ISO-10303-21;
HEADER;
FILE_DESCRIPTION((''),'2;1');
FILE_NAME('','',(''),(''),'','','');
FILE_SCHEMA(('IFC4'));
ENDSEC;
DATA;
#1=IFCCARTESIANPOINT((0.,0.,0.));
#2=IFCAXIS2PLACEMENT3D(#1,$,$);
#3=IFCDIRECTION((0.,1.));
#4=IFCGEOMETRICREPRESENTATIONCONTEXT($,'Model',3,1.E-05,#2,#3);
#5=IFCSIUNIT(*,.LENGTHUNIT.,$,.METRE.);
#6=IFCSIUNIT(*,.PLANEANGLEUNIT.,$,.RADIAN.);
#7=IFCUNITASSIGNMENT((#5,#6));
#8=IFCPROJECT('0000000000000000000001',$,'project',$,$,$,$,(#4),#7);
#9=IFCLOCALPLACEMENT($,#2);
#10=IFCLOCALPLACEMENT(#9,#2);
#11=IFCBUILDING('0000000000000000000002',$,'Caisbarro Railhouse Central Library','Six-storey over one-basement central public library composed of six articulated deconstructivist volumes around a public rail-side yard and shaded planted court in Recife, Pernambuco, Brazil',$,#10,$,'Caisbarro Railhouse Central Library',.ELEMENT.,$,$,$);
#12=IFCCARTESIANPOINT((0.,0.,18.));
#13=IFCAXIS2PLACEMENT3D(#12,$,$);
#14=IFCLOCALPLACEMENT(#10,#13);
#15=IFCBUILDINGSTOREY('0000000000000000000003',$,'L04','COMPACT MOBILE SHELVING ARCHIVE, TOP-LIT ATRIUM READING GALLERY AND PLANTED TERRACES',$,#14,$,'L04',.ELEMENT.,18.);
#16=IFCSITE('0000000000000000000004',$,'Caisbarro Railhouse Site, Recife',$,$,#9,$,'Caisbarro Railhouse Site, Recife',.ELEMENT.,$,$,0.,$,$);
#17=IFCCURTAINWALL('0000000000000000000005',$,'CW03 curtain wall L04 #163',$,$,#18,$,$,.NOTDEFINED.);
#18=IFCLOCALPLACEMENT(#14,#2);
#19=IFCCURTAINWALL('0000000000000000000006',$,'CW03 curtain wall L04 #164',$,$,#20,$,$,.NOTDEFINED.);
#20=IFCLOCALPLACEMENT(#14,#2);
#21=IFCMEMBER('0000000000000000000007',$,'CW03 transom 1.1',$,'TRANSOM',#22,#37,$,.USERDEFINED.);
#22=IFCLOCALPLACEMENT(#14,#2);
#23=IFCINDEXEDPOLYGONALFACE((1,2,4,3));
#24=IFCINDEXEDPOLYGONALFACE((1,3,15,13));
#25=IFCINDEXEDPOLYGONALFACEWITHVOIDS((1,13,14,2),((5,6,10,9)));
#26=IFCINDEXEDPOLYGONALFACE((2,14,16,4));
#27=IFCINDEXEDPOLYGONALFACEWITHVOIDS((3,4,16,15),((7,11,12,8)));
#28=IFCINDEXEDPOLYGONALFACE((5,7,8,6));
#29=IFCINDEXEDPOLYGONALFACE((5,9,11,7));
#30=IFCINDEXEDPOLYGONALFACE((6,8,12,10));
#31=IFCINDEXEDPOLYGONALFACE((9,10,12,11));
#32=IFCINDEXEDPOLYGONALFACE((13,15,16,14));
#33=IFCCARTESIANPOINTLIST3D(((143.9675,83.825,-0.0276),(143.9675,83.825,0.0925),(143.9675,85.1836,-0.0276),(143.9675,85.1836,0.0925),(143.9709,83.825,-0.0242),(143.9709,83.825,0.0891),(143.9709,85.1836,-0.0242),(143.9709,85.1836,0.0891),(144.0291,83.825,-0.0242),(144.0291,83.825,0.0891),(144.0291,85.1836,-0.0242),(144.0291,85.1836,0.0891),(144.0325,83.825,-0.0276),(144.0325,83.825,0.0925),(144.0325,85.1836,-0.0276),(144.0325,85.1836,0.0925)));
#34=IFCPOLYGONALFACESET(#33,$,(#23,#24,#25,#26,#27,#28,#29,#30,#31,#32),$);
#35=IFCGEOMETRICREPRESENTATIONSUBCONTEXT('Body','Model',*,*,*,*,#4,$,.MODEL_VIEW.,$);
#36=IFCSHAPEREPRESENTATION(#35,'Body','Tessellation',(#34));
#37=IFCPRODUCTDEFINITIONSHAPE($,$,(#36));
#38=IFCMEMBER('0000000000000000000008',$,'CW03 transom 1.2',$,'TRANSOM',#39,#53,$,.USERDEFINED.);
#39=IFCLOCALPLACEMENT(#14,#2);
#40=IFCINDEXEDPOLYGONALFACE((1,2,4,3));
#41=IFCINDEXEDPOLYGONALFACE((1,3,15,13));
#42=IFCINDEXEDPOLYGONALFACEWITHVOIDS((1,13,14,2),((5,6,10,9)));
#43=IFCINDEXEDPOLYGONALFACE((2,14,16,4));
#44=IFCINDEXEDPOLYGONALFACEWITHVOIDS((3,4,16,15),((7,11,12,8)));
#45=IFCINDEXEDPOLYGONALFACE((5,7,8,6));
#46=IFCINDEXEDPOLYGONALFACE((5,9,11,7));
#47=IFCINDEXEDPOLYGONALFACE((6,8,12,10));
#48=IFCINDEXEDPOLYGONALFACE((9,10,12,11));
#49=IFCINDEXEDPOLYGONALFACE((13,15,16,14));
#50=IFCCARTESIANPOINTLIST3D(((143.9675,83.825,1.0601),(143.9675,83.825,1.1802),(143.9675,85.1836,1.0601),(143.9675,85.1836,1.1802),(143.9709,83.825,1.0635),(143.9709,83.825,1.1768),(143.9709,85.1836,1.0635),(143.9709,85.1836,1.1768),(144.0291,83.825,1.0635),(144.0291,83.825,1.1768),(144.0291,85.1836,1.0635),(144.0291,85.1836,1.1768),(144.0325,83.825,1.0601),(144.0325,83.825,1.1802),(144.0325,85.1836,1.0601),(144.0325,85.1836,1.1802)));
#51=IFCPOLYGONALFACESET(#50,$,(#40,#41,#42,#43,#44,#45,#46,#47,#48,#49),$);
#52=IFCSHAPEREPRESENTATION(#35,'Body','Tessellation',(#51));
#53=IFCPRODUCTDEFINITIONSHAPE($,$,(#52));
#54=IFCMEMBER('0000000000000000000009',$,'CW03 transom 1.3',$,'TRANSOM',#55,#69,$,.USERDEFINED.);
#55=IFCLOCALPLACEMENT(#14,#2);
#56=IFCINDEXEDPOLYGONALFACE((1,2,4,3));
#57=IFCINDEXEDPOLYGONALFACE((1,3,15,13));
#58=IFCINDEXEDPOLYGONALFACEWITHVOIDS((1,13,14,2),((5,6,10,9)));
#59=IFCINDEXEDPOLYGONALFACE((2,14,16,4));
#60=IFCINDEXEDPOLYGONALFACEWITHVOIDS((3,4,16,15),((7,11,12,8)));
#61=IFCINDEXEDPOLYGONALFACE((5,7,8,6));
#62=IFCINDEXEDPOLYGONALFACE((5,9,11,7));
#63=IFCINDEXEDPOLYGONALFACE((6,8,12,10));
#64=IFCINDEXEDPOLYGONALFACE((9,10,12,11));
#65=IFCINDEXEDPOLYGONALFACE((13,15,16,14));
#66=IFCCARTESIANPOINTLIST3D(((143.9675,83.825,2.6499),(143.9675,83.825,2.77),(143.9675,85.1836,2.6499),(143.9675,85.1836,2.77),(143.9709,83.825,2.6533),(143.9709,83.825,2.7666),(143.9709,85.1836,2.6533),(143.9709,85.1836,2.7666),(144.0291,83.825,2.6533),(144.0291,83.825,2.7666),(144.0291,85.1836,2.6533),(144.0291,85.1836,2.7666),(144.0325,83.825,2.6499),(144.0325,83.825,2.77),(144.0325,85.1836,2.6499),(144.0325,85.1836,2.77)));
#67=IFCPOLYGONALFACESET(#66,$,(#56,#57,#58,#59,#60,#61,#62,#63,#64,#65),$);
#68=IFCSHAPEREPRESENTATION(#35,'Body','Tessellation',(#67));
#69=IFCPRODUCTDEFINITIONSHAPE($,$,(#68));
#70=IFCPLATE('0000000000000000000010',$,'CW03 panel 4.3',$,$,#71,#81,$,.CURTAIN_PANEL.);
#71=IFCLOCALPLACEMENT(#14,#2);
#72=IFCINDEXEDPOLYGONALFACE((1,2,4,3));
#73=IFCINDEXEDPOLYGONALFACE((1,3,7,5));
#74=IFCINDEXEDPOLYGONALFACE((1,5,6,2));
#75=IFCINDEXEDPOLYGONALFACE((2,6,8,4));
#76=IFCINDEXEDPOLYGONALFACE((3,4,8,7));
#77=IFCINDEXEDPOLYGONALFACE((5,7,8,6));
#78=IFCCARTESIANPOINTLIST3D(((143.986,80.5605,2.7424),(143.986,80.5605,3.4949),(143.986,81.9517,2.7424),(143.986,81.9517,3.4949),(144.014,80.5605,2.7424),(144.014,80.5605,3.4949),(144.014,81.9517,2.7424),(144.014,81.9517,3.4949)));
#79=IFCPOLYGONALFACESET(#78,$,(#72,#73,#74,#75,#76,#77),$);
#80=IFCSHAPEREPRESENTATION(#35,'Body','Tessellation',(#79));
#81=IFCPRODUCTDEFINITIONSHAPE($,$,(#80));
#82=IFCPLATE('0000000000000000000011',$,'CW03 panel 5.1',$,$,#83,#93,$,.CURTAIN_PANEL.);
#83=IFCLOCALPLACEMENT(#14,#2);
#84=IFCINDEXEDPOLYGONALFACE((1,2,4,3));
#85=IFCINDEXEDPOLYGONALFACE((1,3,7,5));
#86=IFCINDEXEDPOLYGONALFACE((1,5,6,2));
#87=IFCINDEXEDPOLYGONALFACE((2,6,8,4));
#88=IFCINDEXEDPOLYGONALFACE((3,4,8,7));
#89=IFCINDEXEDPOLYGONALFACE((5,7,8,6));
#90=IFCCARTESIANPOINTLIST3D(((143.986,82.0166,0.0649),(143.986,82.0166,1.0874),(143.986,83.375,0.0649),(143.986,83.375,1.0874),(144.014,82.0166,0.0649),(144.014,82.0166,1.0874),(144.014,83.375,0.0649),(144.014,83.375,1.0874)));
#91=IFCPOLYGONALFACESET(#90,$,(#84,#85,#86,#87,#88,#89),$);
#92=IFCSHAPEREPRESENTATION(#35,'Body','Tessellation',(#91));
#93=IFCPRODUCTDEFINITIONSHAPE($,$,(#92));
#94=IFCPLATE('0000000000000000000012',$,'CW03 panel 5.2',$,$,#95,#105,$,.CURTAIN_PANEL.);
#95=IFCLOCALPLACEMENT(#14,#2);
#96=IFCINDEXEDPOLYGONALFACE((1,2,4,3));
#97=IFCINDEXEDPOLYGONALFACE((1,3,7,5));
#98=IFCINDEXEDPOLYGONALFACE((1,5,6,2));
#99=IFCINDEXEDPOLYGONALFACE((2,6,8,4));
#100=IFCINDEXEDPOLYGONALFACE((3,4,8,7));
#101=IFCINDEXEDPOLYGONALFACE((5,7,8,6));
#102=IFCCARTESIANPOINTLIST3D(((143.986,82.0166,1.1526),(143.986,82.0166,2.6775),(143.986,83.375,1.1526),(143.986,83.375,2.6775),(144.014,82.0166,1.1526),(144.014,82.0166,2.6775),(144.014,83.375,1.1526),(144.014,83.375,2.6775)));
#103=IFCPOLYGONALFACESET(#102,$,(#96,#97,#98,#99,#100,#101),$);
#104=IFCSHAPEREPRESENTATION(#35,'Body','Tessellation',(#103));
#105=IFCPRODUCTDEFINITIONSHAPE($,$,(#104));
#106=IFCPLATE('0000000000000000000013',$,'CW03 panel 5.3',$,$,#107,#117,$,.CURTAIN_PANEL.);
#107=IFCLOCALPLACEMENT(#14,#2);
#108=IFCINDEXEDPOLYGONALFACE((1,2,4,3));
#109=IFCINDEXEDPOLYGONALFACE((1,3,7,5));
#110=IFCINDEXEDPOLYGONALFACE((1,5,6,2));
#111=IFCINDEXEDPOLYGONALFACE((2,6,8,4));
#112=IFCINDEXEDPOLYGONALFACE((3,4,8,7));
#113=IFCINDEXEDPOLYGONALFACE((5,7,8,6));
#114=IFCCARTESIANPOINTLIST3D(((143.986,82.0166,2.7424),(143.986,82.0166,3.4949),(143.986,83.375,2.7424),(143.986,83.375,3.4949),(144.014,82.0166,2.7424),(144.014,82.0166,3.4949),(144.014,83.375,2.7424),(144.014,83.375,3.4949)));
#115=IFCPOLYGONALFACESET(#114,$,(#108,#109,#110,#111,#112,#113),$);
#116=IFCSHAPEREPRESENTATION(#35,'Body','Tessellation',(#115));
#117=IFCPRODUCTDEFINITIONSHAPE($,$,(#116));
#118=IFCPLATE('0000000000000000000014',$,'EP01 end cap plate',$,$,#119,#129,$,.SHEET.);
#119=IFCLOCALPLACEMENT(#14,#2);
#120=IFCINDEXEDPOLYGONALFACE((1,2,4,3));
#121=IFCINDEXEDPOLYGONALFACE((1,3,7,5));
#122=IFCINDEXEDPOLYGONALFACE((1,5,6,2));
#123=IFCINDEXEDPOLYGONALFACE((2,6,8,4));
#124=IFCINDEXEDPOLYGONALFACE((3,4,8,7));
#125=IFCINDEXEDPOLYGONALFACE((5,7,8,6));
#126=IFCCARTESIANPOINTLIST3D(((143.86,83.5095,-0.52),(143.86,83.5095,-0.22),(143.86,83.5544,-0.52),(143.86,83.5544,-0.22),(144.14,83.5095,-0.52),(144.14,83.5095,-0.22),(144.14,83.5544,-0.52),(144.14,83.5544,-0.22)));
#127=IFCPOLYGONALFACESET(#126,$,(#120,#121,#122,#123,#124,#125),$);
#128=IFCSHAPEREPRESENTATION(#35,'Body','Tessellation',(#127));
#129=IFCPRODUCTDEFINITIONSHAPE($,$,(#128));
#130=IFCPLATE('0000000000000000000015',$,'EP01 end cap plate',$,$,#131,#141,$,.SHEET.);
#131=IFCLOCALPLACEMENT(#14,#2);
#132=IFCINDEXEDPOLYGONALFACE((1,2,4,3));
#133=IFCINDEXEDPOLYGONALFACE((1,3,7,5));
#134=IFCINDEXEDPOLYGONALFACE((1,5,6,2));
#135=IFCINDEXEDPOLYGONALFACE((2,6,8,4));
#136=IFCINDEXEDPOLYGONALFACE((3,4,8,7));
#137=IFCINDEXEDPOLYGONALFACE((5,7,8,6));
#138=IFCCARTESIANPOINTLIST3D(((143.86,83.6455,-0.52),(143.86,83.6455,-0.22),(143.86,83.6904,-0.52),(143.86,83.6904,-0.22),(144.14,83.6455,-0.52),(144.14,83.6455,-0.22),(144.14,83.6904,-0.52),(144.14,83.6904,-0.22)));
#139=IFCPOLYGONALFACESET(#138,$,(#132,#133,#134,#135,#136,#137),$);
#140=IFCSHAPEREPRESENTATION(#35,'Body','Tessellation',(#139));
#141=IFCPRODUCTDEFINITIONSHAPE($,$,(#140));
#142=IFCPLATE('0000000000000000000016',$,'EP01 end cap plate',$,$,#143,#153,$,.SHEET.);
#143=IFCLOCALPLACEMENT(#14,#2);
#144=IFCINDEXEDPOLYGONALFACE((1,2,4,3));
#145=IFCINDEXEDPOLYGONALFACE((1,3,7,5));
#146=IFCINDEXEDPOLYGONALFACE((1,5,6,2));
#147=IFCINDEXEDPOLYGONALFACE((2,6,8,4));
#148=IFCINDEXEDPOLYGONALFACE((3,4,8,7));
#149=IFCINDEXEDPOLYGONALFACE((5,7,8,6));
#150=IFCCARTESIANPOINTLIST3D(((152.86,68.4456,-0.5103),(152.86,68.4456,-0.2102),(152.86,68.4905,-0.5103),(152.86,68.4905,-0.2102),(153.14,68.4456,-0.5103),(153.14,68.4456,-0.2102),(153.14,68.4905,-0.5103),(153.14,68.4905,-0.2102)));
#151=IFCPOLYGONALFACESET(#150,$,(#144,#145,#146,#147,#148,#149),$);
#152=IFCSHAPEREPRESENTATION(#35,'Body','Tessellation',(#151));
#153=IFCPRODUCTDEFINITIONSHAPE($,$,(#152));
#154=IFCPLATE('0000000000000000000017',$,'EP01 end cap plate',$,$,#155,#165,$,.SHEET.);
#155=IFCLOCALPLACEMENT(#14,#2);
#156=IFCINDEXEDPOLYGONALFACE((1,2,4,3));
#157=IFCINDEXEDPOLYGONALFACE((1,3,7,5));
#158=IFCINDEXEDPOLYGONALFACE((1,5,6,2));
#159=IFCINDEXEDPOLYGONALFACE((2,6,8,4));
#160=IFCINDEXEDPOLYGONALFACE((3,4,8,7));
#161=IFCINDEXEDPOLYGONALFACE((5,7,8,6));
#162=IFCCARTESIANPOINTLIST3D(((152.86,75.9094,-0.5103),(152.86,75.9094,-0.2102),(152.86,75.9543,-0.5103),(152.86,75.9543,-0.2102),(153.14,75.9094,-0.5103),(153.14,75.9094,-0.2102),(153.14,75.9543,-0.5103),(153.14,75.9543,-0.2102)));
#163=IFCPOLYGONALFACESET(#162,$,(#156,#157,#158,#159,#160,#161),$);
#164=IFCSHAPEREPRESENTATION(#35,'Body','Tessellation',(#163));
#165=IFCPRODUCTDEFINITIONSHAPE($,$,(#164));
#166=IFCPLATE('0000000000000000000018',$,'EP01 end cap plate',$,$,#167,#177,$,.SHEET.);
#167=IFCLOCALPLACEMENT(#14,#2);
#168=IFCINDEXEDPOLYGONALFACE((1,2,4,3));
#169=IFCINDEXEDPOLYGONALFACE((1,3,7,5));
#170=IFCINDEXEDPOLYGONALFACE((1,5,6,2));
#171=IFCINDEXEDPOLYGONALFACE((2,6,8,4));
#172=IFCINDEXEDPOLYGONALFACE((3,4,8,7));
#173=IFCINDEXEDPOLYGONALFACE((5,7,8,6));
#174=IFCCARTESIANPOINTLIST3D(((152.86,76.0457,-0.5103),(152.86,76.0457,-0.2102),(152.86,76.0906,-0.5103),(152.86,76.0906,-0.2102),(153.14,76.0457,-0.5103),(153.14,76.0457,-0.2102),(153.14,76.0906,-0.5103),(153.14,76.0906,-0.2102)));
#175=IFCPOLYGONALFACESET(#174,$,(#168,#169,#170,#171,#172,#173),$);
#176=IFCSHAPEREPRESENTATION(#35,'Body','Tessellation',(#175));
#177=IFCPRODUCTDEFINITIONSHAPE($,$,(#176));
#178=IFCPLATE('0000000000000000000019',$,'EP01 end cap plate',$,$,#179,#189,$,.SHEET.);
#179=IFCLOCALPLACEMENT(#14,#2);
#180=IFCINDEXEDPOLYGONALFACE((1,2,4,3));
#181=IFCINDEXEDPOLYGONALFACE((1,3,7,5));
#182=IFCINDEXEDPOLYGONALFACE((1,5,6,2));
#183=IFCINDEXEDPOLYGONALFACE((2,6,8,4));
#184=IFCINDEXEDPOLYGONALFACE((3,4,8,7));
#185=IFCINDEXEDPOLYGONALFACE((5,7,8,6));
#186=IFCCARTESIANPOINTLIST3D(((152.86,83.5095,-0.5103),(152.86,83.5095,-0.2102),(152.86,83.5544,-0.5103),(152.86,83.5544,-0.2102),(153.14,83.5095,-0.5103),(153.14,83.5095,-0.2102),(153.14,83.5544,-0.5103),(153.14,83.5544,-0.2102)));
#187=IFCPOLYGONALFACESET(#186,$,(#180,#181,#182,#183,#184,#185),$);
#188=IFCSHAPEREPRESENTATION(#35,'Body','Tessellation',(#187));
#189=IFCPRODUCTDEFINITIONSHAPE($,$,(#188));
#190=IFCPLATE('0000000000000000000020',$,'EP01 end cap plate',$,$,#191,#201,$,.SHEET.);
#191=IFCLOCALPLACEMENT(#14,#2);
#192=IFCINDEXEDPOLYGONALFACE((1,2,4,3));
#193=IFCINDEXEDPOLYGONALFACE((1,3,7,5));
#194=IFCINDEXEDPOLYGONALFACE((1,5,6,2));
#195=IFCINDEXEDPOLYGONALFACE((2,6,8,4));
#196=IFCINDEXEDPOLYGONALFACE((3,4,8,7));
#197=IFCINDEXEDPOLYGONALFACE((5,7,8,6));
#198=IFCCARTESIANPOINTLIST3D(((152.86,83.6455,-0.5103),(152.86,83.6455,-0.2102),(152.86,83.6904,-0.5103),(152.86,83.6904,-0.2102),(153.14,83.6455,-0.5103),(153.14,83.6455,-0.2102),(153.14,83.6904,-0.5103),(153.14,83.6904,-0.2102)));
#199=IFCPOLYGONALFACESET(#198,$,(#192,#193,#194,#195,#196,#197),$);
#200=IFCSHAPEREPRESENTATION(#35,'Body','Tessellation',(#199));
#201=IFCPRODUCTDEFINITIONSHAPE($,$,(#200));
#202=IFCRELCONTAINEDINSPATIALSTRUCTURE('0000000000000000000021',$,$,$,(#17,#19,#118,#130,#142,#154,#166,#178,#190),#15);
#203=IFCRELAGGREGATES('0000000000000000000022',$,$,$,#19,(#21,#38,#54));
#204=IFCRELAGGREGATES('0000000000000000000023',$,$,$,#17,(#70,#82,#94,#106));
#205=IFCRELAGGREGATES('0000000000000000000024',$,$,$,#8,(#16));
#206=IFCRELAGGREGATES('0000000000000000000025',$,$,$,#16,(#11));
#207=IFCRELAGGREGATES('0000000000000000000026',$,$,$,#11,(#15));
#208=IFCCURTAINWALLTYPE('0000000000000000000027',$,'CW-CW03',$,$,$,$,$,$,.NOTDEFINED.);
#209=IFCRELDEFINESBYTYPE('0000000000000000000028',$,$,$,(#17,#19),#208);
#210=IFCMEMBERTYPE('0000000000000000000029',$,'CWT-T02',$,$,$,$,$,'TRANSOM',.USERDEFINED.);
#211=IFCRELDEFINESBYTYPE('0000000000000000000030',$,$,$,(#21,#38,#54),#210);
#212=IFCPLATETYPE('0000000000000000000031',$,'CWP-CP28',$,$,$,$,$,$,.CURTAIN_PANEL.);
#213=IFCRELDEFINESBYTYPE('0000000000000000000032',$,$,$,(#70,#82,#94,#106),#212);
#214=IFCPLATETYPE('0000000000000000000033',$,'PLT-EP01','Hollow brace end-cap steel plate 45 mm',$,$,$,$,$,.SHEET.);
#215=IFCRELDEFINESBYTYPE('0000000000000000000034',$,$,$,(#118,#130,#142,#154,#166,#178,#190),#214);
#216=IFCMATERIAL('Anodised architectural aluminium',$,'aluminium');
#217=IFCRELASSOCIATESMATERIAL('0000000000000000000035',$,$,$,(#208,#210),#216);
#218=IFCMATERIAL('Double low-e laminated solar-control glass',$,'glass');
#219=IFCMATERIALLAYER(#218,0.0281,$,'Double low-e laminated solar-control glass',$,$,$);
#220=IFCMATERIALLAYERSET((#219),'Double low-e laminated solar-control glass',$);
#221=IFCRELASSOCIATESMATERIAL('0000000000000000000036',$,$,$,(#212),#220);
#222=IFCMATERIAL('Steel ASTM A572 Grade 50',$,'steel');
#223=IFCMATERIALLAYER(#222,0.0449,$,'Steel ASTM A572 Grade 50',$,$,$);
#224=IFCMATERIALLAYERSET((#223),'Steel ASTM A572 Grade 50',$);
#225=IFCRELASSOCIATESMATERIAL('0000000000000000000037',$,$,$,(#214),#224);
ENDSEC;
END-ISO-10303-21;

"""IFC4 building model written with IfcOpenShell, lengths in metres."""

from ifc_helpers import new_model, si_unit, direction, frame, origin, origin_2d, place, context, subcontext, project, spatial, rectangle, hollow_rectangle, extrude, material, layer, layer_set, material_profile, profile_set, type_object, element, aggregate, save


model = new_model("IFC4")

# Units and contexts
model_context = context("Model", 3, precision=1e-05, world=origin(), true_north=direction((0.0, 1.0)))
body_context = subcontext(model_context, "Body", "Model", "MODEL_VIEW")
ifc_project = project(units=[si_unit("LENGTHUNIT", "METRE"), si_unit("PLANEANGLEUNIT", "RADIAN")], contexts=[model_context])

# Site, building, storey
site_placement = place(None, origin())
site = spatial("IfcSite", under=ifc_project, at=site_placement, Name="Caisbarro Railhouse Site, Recife", LongName="Caisbarro Railhouse Site, Recife", CompositionType="ELEMENT", RefElevation=0.0)
building_placement = place(site_placement, origin())
building = spatial("IfcBuilding", under=site, at=building_placement, Name="Caisbarro Railhouse Central Library", Description="Six-storey over one-basement central public library composed of six articulated deconstructivist volumes around a public rail-side yard and shaded planted court in Recife, Pernambuco, Brazil", LongName="Caisbarro Railhouse Central Library", CompositionType="ELEMENT")
storey_placement = place(building_placement, frame((0.0, 0.0, 18.0)))
storey = spatial("IfcBuildingStorey", under=building, at=storey_placement, Name="L04", Description="COMPACT MOBILE SHELVING ARCHIVE, TOP-LIT ATRIUM READING GALLERY AND PLANTED TERRACES", LongName="L04", CompositionType="ELEMENT", Elevation=18.0)

# Shared definitions
ifc_material_1 = material(Name="Steel ASTM A572 Grade 50", Category="steel")

# Curtain wall
ifc_material_2 = material(Name="Anodised architectural aluminium", Category="aluminium")
curtain_wall_type = type_object("IfcCurtainWallType", Name="CW-CW03", PredefinedType="NOTDEFINED", material=ifc_material_2)
curtain_wall_1_placement = place(storey_placement, origin())
curtain_wall_1 = element("IfcCurtainWall", 1, at=curtain_wall_1_placement, inside=storey, type_object=curtain_wall_type, Name="CW03 curtain wall L04 #163", PredefinedType="NOTDEFINED")

# Curtain wall
curtain_wall_2_placement = place(storey_placement, origin())
curtain_wall_2 = element("IfcCurtainWall", 2, at=curtain_wall_2_placement, inside=storey, type_object=curtain_wall_type, Name="CW03 curtain wall L04 #164", PredefinedType="NOTDEFINED")

# Members
ifc_material_profile_1 = material_profile(ifc_material_2, hollow_rectangle(XDim=0.0649, YDim=0.1201, WallThickness=0.0034, at=origin_2d()), Name="ALU-TRN-65X120")
ifc_profile_set_1 = profile_set([ifc_material_profile_1], Name="Anodised architectural aluminium")
member_type_1 = type_object("IfcMemberType", Name="CWT-T02", ElementType="TRANSOM", PredefinedType="USERDEFINED", material=ifc_profile_set_1)
member_1_placement = place(storey_placement, frame((144.0, 83.825, 0.0325), z_axis=(0.0, 1.0, 0.0), x_axis=(-1.0, 0.0, 0.0)))
member_1 = element("IfcMember", 3, at=member_1_placement, type_object=member_type_1, Name="CW03 transom 1.1", ObjectType="TRANSOM", PredefinedType="USERDEFINED", context=body_context, shape_type="SweptSolid", body=[
    extrude(hollow_rectangle(XDim=0.0649, YDim=0.1201, WallThickness=0.0034, at=origin_2d()), origin(), (0.0, 0.0, 1.0), 1.3586),
])
member_2_placement = place(storey_placement, frame((144.0, 83.825, 1.1201), z_axis=(0.0, 1.0, 0.0), x_axis=(-1.0, 0.0, 0.0)))
member_2 = element("IfcMember", 4, at=member_2_placement, type_object=member_type_1, Name="CW03 transom 1.2", ObjectType="TRANSOM", PredefinedType="USERDEFINED", context=body_context, shape_type="SweptSolid", body=[
    extrude(hollow_rectangle(XDim=0.0649, YDim=0.1201, WallThickness=0.0034, at=origin_2d()), origin(), (0.0, 0.0, 1.0), 1.3586),
])
member_3_placement = place(storey_placement, frame((144.0, 83.825, 2.71), z_axis=(0.0, 1.0, 0.0), x_axis=(-1.0, 0.0, 0.0)))
member_3 = element("IfcMember", 5, at=member_3_placement, type_object=member_type_1, Name="CW03 transom 1.3", ObjectType="TRANSOM", PredefinedType="USERDEFINED", context=body_context, shape_type="SweptSolid", body=[
    extrude(hollow_rectangle(XDim=0.0649, YDim=0.1201, WallThickness=0.0034, at=origin_2d()), origin(), (0.0, 0.0, 1.0), 1.3586),
])
aggregate(curtain_wall_2, [member_1, member_2, member_3])

# Plates
ifc_material_3 = material(Name="Double low-e laminated solar-control glass", Category="glass")
ifc_layer_1 = layer(ifc_material_3, 0.0281, Name="Double low-e laminated solar-control glass")
ifc_layer_set_1 = layer_set([ifc_layer_1], Name="Double low-e laminated solar-control glass")
plate_type_1 = type_object("IfcPlateType", Name="CWP-CP28", PredefinedType="CURTAIN_PANEL", material=ifc_layer_set_1)
plate_1_placement = place(storey_placement, frame((144.0, 81.2561, 2.7424), z_axis=(0.0, 0.0, 1.0), x_axis=(0.0, 1.0, 0.0)))
plate_1 = element("IfcPlate", 6, at=plate_1_placement, type_object=plate_type_1, Name="CW03 panel 4.3", PredefinedType="CURTAIN_PANEL", context=body_context, shape_type="SweptSolid", body=[
    extrude(rectangle(XDim=1.3911, YDim=0.0281, at=origin_2d()), origin(), (0.0, 0.0, 1.0), 0.7524),
])
plate_2_placement = place(storey_placement, frame((144.0, 82.6958, 0.0649), z_axis=(0.0, 0.0, 1.0), x_axis=(0.0, 1.0, 0.0)))
plate_2 = element("IfcPlate", 7, at=plate_2_placement, type_object=plate_type_1, Name="CW03 panel 5.1", PredefinedType="CURTAIN_PANEL", context=body_context, shape_type="SweptSolid", body=[
    extrude(rectangle(XDim=1.3584, YDim=0.0281, at=origin_2d()), origin(), (0.0, 0.0, 1.0), 1.0225),
])
plate_3_placement = place(storey_placement, frame((144.0, 82.6958, 1.1526), z_axis=(0.0, 0.0, 1.0), x_axis=(0.0, 1.0, 0.0)))
plate_3 = element("IfcPlate", 8, at=plate_3_placement, type_object=plate_type_1, Name="CW03 panel 5.2", PredefinedType="CURTAIN_PANEL", context=body_context, shape_type="SweptSolid", body=[
    extrude(rectangle(XDim=1.3584, YDim=0.0281, at=origin_2d()), origin(), (0.0, 0.0, 1.0), 1.5249),
])
plate_4_placement = place(storey_placement, frame((144.0, 82.6958, 2.7424), z_axis=(0.0, 0.0, 1.0), x_axis=(0.0, 1.0, 0.0)))
plate_4 = element("IfcPlate", 9, at=plate_4_placement, type_object=plate_type_1, Name="CW03 panel 5.3", PredefinedType="CURTAIN_PANEL", context=body_context, shape_type="SweptSolid", body=[
    extrude(rectangle(XDim=1.3584, YDim=0.0281, at=origin_2d()), origin(), (0.0, 0.0, 1.0), 0.7524),
])
aggregate(curtain_wall_1, [plate_1, plate_2, plate_3, plate_4])

# Plates
ifc_layer_2 = layer(ifc_material_1, 0.0449, Name="Steel ASTM A572 Grade 50")
ifc_layer_set_2 = layer_set([ifc_layer_2], Name="Steel ASTM A572 Grade 50")
plate_type_2 = type_object("IfcPlateType", Name="PLT-EP01", Description="Hollow brace end-cap steel plate 45 mm", PredefinedType="SHEET", material=ifc_layer_set_2)
for number, where, z_axis, x_axis, name in (
    (10, (144.0, 83.532, -0.52), (0.0, 0.0, 1.0), (0.0, 1.0, 0.0), "EP01 end cap plate"),
    (11, (144.0, 83.668, -0.52), (0.0, 0.0, 1.0), (0.0, 1.0, 0.0), "EP01 end cap plate"),
    (12, (153.0, 68.468, -0.5103), (0.0, 0.0, 1.0), (0.0, 1.0, 0.0), "EP01 end cap plate"),
    (13, (153.0, 75.9319, -0.5103), (0.0, 0.0, 1.0), (0.0, 1.0, 0.0), "EP01 end cap plate"),
    (14, (153.0, 76.0681, -0.5103), (0.0, 0.0, 1.0), (0.0, 1.0, 0.0), "EP01 end cap plate"),
    (15, (153.0, 83.532, -0.5103), (0.0, 0.0, 1.0), (0.0, 1.0, 0.0), "EP01 end cap plate"),
    (16, (153.0, 83.668, -0.5103), (0.0, 0.0, 1.0), (0.0, 1.0, 0.0), "EP01 end cap plate"),
):
    element("IfcPlate", number, at=place(storey_placement, frame(where, z_axis=z_axis, x_axis=x_axis)), inside=storey, type_object=plate_type_2, Name=name, PredefinedType="SHEET", context=body_context, shape_type="SweptSolid", body=[
        extrude(rectangle(XDim=0.0449, YDim=0.28, at=origin_2d()), origin(), (0.0, 0.0, 1.0), 0.3),
    ])

save(model, "model.ifc")
